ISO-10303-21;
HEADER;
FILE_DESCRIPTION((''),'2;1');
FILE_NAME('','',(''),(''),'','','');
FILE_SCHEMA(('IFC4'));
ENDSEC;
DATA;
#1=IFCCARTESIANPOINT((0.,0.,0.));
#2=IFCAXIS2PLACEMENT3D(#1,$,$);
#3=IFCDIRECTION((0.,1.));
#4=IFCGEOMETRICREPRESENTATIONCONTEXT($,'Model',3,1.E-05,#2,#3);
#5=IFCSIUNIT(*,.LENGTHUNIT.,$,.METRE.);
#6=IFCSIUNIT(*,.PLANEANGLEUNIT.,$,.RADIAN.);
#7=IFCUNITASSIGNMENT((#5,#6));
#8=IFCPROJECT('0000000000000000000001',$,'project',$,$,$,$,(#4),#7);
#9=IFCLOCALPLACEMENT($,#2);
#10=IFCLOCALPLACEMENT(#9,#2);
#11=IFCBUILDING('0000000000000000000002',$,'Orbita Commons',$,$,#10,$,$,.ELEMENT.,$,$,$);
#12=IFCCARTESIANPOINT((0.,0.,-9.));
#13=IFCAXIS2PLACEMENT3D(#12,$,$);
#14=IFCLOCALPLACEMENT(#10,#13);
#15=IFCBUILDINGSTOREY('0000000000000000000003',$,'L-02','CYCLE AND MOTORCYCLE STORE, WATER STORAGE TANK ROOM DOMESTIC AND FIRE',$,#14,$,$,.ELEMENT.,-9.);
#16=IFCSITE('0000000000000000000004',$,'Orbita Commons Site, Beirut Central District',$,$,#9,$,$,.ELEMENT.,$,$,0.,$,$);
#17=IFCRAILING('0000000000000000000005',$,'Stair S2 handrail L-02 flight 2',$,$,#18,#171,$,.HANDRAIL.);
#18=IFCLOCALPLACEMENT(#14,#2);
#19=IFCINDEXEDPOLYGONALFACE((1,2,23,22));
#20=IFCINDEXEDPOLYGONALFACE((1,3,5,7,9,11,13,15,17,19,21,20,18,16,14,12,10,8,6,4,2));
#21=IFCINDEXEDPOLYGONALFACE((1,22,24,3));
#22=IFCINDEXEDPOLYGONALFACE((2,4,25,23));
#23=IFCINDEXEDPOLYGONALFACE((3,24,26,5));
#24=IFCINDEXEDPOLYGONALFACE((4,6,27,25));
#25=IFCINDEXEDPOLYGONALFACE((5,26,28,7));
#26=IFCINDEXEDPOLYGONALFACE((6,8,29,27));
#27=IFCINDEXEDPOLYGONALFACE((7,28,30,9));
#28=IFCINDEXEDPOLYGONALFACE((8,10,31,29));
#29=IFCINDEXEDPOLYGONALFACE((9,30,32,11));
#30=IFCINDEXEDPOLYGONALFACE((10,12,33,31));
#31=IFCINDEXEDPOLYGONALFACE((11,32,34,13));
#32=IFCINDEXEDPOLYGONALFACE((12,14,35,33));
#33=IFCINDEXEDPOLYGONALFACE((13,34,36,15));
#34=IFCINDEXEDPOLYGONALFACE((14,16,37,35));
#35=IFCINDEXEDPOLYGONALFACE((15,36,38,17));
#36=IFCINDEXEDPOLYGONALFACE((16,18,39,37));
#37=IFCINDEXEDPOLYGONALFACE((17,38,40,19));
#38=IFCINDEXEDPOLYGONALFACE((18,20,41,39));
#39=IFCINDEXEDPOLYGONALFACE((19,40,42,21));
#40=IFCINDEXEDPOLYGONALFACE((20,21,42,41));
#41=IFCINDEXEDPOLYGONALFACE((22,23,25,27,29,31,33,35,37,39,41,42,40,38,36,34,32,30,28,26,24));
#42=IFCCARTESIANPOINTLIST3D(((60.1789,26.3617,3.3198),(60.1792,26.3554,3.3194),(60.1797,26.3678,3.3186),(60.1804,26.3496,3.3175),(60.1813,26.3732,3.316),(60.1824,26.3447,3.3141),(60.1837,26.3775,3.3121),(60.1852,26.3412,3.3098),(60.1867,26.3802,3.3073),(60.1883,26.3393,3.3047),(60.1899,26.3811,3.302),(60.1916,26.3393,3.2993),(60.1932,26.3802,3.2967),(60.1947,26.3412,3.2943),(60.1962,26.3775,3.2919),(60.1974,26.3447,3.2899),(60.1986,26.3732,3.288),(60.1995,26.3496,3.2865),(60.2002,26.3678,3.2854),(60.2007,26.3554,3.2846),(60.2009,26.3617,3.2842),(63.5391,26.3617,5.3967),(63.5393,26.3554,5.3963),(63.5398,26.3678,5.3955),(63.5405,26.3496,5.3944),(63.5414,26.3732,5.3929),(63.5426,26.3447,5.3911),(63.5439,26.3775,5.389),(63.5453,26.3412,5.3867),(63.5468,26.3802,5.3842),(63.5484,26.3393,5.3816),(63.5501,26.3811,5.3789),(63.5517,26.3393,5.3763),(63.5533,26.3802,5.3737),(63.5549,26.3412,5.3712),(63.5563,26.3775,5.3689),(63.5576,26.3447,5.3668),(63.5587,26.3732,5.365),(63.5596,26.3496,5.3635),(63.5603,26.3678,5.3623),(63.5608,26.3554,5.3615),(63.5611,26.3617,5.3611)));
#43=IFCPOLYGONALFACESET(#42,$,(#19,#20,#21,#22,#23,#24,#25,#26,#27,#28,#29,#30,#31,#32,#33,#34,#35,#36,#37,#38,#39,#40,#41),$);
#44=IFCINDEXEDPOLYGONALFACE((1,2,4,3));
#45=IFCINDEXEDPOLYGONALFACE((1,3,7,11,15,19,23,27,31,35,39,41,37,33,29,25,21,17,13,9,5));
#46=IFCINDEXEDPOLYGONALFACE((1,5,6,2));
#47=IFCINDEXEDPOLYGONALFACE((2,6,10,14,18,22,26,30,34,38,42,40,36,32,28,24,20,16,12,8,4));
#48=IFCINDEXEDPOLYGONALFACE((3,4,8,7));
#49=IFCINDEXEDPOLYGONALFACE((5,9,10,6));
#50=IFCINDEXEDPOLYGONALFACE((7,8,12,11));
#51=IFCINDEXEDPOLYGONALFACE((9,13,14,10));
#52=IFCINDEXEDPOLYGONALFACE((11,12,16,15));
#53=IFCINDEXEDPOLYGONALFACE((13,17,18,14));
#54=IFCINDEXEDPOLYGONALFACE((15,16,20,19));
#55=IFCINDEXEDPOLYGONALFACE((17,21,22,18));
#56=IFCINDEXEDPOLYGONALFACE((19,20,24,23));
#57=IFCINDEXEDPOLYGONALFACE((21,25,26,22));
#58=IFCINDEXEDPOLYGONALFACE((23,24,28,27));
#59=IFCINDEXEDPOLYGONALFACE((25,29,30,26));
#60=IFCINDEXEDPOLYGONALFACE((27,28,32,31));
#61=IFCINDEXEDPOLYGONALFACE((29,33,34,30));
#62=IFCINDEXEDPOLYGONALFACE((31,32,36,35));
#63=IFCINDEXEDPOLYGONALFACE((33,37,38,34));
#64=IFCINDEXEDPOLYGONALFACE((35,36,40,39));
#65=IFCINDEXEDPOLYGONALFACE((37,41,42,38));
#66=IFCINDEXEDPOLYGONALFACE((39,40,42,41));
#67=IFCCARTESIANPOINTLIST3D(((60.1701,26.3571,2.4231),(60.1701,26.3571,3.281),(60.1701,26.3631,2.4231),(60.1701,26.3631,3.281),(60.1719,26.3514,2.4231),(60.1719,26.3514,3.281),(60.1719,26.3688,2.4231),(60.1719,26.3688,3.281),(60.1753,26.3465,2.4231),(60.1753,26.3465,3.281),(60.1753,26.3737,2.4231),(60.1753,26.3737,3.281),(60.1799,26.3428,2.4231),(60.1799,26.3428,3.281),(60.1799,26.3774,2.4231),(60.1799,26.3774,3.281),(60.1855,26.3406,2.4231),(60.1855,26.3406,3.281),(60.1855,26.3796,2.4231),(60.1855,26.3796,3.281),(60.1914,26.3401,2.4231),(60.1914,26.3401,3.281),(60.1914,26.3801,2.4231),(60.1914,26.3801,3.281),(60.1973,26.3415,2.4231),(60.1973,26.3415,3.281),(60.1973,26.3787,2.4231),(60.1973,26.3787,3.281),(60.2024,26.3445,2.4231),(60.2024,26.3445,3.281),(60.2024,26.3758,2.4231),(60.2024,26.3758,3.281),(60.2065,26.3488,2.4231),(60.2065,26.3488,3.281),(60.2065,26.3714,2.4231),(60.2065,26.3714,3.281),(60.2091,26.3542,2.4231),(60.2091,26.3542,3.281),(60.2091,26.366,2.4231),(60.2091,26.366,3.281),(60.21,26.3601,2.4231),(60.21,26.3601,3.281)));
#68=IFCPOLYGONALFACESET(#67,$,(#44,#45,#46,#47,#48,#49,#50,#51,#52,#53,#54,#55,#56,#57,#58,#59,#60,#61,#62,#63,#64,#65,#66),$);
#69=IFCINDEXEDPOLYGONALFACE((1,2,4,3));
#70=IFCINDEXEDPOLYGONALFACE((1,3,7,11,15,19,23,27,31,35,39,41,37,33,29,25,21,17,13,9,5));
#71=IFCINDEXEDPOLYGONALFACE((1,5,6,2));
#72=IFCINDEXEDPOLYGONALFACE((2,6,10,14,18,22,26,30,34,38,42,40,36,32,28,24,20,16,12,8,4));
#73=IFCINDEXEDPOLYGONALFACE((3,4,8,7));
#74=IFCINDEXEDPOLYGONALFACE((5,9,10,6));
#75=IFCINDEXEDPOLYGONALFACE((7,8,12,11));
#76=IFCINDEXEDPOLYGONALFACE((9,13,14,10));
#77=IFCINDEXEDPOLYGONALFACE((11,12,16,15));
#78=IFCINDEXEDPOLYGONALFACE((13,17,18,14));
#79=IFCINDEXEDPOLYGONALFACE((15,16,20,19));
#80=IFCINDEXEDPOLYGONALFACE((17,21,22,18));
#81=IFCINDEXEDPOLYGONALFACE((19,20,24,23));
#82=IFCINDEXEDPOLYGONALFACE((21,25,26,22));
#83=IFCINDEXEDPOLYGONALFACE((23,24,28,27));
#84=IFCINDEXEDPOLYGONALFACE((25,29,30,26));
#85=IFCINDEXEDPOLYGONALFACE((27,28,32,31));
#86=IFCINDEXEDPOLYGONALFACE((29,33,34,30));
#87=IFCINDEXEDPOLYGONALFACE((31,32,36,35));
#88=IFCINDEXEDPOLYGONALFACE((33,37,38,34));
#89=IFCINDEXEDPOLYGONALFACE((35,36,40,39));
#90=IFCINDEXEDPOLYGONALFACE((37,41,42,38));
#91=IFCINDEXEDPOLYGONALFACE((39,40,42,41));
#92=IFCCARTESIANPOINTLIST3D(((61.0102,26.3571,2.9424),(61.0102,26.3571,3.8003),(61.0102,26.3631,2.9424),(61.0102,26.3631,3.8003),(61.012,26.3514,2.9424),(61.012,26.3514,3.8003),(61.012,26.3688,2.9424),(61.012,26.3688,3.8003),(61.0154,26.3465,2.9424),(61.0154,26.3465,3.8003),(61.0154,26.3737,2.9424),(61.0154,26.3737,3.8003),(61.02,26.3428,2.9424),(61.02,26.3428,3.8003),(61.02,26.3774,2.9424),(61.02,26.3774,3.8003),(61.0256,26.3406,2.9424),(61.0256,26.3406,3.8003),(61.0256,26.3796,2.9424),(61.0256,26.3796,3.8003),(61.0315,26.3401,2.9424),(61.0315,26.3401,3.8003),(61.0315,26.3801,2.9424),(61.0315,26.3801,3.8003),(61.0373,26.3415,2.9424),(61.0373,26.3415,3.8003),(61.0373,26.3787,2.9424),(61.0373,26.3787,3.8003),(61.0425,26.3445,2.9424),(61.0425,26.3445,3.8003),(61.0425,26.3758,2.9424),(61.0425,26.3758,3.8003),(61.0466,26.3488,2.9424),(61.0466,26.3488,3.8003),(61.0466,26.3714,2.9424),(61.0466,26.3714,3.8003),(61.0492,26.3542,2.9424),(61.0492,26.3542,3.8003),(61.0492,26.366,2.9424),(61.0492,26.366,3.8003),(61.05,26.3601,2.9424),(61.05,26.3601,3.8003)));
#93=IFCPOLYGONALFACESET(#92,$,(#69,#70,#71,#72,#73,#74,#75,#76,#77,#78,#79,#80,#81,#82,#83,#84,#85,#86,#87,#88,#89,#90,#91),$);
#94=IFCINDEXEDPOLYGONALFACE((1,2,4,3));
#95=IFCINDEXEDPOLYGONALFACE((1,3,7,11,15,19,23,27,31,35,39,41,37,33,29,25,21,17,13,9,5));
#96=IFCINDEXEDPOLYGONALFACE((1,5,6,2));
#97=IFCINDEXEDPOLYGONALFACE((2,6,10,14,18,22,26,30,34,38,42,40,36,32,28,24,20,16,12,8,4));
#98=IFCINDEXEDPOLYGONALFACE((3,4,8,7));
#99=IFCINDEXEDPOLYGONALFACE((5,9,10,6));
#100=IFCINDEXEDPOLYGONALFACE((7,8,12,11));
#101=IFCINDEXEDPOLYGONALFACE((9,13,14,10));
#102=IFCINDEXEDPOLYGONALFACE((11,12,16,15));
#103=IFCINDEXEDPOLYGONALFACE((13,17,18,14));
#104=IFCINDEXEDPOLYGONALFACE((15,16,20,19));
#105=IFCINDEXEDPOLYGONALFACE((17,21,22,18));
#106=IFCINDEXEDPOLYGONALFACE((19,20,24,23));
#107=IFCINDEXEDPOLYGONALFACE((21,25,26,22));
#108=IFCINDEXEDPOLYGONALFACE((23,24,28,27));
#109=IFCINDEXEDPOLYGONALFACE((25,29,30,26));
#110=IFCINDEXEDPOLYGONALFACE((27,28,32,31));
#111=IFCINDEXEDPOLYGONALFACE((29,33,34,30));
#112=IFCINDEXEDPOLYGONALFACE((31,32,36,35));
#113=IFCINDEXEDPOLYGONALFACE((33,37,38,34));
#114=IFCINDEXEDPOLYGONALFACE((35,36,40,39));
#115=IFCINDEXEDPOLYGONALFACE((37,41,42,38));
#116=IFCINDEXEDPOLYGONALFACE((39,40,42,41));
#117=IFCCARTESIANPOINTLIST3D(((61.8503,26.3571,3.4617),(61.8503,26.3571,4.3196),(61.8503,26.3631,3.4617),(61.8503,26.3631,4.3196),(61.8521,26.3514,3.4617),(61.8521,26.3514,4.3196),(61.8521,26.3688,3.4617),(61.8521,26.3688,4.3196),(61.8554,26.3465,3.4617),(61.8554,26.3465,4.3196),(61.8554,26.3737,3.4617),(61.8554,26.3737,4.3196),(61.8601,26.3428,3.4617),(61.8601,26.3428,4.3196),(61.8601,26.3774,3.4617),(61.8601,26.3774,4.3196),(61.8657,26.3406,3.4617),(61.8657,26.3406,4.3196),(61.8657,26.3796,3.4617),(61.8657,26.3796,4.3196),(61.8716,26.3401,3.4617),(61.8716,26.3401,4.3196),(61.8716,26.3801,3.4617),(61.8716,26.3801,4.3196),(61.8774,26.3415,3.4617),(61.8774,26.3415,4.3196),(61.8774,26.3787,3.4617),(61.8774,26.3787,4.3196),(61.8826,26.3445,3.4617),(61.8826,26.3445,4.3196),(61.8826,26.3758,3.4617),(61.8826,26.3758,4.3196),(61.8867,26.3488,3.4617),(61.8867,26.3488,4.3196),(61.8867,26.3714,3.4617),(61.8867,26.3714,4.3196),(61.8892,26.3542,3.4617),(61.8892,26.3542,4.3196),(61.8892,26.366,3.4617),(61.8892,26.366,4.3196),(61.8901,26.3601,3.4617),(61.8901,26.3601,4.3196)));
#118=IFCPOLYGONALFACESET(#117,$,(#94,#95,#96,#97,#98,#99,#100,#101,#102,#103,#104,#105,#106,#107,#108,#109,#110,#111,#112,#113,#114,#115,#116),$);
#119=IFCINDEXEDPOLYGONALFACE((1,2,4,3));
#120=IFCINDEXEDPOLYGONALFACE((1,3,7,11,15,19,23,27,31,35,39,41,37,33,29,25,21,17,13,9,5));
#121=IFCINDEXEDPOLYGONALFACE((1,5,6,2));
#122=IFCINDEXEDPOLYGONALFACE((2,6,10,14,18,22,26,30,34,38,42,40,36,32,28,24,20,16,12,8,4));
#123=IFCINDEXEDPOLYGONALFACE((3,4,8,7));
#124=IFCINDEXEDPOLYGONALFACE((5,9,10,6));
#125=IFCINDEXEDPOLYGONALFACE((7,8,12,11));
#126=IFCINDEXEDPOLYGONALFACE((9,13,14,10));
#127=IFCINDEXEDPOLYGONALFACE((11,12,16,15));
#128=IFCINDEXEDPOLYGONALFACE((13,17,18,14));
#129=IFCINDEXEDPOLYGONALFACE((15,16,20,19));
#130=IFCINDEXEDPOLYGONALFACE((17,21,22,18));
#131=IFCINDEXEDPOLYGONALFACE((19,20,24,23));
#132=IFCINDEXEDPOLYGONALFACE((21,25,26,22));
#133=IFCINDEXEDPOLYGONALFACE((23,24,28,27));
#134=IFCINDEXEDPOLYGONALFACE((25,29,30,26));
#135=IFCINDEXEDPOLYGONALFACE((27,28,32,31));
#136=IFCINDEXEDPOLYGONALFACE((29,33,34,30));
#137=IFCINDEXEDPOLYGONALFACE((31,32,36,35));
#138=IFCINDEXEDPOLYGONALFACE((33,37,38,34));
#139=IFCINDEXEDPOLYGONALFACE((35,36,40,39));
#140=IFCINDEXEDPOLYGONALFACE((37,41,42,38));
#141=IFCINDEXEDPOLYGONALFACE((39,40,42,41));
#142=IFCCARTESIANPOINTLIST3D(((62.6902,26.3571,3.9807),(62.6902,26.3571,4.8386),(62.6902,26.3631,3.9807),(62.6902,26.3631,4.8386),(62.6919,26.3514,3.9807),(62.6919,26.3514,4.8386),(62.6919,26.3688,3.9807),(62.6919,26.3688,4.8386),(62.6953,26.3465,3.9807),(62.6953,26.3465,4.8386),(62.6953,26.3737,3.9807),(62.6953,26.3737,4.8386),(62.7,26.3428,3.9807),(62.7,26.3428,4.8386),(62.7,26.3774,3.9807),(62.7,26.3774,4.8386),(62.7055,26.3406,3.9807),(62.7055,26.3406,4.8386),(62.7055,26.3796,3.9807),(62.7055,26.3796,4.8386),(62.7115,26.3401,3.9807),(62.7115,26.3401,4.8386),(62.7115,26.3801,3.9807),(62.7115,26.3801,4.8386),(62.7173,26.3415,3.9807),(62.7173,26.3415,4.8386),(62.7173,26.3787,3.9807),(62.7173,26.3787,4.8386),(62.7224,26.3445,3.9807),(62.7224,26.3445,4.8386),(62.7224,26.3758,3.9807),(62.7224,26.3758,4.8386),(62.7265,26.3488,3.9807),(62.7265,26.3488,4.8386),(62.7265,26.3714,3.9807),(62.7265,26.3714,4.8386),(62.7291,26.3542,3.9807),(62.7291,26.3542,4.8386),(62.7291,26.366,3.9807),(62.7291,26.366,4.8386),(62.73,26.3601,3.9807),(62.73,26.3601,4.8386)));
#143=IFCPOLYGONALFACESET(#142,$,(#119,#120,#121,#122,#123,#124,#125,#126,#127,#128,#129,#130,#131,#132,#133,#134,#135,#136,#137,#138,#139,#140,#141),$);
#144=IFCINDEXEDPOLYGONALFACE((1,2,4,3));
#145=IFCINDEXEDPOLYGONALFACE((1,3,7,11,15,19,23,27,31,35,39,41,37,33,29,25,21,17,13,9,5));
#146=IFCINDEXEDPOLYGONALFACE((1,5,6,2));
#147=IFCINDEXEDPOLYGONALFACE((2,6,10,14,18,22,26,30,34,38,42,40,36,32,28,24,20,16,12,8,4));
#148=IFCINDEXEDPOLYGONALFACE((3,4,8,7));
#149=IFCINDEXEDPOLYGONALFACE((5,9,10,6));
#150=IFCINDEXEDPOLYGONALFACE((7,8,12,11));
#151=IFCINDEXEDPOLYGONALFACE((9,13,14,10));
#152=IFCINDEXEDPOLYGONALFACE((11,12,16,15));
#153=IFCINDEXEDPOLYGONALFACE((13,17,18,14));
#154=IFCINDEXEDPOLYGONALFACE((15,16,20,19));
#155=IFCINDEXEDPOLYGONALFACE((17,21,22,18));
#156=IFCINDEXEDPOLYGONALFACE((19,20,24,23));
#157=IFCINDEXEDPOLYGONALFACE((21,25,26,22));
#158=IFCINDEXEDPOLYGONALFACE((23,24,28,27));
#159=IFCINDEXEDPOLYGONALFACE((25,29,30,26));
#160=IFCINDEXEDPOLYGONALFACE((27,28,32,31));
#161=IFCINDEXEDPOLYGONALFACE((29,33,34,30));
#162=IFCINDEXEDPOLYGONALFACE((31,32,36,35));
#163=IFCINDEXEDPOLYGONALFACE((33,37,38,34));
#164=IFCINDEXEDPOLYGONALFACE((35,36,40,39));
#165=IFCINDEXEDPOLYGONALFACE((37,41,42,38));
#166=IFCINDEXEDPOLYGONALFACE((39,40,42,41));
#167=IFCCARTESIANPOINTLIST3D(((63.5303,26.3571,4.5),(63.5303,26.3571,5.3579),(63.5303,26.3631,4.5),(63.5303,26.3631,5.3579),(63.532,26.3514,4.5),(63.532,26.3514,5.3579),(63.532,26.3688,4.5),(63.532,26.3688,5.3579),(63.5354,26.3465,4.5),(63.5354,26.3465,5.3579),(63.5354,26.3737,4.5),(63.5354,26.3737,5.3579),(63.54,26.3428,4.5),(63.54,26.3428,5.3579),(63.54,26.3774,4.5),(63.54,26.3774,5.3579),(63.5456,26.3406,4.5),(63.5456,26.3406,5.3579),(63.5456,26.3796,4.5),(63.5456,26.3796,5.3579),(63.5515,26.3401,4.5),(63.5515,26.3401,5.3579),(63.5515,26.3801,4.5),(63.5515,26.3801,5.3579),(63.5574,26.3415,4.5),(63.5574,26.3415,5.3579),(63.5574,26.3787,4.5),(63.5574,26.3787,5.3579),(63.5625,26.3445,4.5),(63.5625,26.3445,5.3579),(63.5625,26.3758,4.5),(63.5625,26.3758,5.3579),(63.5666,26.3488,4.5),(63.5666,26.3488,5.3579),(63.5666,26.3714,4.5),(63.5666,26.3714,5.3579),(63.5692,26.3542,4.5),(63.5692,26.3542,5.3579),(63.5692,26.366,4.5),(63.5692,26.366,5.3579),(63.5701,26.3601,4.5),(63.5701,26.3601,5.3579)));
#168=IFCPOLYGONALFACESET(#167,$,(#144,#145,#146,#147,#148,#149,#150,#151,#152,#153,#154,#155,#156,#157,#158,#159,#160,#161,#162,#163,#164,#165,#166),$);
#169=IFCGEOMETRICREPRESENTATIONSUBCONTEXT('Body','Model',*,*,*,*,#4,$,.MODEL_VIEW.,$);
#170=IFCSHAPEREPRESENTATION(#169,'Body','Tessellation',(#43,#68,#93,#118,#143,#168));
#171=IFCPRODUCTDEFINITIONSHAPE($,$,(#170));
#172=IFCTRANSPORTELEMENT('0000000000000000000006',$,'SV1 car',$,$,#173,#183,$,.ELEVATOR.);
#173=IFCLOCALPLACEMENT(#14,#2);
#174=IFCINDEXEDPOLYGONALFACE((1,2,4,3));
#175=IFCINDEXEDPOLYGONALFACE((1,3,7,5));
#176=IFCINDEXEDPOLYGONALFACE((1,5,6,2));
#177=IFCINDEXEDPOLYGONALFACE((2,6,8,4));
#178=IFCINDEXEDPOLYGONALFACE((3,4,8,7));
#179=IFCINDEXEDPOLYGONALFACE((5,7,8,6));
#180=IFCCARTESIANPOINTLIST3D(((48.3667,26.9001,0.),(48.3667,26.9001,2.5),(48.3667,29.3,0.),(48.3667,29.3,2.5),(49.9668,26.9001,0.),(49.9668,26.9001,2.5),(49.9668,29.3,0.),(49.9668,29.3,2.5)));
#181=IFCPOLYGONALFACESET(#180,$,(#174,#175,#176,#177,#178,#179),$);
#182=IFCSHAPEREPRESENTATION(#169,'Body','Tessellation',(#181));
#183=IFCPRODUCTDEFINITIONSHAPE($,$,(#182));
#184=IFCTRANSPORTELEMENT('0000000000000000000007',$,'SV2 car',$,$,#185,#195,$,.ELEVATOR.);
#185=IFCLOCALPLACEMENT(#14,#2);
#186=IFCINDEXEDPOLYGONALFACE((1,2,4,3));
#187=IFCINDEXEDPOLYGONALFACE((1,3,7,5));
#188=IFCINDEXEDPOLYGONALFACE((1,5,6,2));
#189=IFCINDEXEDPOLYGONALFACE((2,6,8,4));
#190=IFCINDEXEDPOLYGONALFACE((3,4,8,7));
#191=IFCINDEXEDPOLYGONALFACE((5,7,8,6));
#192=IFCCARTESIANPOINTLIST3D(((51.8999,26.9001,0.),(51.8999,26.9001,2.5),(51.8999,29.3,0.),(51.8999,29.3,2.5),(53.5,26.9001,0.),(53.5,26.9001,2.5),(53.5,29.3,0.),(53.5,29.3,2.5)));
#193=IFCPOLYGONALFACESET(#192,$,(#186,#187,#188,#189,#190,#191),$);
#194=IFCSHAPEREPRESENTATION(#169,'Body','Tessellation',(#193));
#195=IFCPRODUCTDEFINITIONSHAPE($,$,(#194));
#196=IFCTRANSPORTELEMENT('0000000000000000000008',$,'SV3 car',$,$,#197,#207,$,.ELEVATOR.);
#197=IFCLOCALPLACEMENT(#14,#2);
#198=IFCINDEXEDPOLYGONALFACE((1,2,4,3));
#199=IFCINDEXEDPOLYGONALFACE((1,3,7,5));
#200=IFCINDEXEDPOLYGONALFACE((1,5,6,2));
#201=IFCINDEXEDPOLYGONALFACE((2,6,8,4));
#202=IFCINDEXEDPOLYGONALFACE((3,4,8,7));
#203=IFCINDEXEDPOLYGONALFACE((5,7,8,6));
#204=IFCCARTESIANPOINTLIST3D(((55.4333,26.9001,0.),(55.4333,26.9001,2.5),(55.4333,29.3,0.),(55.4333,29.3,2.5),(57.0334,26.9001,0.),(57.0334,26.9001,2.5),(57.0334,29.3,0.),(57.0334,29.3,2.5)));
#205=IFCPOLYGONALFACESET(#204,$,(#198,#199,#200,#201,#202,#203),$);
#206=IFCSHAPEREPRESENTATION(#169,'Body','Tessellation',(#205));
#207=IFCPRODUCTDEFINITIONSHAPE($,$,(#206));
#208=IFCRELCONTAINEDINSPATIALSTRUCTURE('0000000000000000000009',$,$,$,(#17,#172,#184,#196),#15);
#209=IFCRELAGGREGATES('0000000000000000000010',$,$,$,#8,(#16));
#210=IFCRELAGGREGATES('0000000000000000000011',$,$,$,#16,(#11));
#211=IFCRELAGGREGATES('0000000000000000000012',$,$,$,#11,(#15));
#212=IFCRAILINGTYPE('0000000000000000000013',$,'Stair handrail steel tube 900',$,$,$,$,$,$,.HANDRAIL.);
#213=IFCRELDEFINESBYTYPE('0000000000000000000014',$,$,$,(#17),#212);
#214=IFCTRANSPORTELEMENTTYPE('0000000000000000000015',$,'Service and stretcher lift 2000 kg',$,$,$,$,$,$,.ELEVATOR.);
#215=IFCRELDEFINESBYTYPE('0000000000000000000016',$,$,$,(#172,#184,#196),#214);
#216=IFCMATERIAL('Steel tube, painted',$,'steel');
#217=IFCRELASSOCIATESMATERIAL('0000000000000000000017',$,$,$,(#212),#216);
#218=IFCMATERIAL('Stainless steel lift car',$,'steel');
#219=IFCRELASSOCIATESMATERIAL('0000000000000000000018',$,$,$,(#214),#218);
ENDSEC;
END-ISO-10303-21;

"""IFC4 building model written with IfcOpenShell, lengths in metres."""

from ifc_helpers import new_model, si_unit, direction, frame, origin, origin_2d, place, context, subcontext, project, spatial, rectangle, circle, extrude, material, type_object, element, save


model = new_model("IFC4")

# Units and contexts
model_context = context("Model", 3, precision=1e-05, world=origin(), true_north=direction((0.0, 1.0)))
body_context = subcontext(model_context, "Body", "Model", "MODEL_VIEW")
ifc_project = project(units=[si_unit("LENGTHUNIT", "METRE"), si_unit("PLANEANGLEUNIT", "RADIAN")], contexts=[model_context])

# Site, building, storey
site_placement = place(None, origin())
site = spatial("IfcSite", under=ifc_project, at=site_placement, Name="Orbita Commons Site, Beirut Central District", CompositionType="ELEMENT", RefElevation=0.0)
building_placement = place(site_placement, origin())
building = spatial("IfcBuilding", under=site, at=building_placement, Name="Orbita Commons", CompositionType="ELEMENT")
storey_placement = place(building_placement, frame((0.0, 0.0, -9.0)))
storey = spatial("IfcBuildingStorey", under=building, at=storey_placement, Name="L-02", Description="CYCLE AND MOTORCYCLE STORE, WATER STORAGE TANK ROOM DOMESTIC AND FIRE", CompositionType="ELEMENT", Elevation=-9.0)

# Railing
ifc_material_1 = material(Name="Steel tube, painted", Category="steel")
railing_type = type_object("IfcRailingType", Name="Stair handrail steel tube 900", PredefinedType="HANDRAIL", material=ifc_material_1)
for number, where, name in (
    (1, (60.1899, 26.3601, 2.4231), "Stair S2 handrail L-02 flight 2"),
):
    element("IfcRailing", number, at=place(storey_placement, frame(where)), inside=storey, type_object=railing_type, Name=name, PredefinedType="HANDRAIL", context=body_context, shape_type="SweptSolid", body=[
        extrude(circle(Radius=0.021, at=origin_2d()), frame((0.0, 0.0, 0.8789), z_axis=(0.850623, 0.0, 0.525776), x_axis=(0.0, 1.0, 0.0)), (0.0, 0.0, 1.0), 3.9502),
        extrude(circle(Radius=0.02, at=origin_2d()), origin(), (0.0, 0.0, 1.0), 0.8579),
        extrude(circle(Radius=0.02, at=origin_2d()), frame((0.8401, 0.0, 0.5193)), (0.0, 0.0, 1.0), 0.8579),
        extrude(circle(Radius=0.02, at=origin_2d()), frame((1.6802, 0.0, 1.0386)), (0.0, 0.0, 1.0), 0.8579),
        extrude(circle(Radius=0.02, at=origin_2d()), frame((2.52, 0.0, 1.5576)), (0.0, 0.0, 1.0), 0.8579),
        extrude(circle(Radius=0.02, at=origin_2d()), frame((3.3601, 0.0, 2.0769)), (0.0, 0.0, 1.0), 0.8579),
    ])

# Transport elements
ifc_material_2 = material(Name="Stainless steel lift car", Category="steel")
transport_element_type = type_object("IfcTransportElementType", Name="Service and stretcher lift 2000 kg", PredefinedType="ELEVATOR", material=ifc_material_2)
transport_element_1_placement = place(storey_placement, frame((49.1667, 28.1001, 0.0), z_axis=(0.0, 0.0, 1.0), x_axis=(1.0, 0.0, 0.0)))
element("IfcTransportElement", 2, at=transport_element_1_placement, inside=storey, type_object=transport_element_type, Name="SV1 car", PredefinedType="ELEVATOR", context=body_context, shape_type="SweptSolid", body=[
    extrude(rectangle(XDim=1.6001, YDim=2.3999, at=origin_2d()), origin(), (0.0, 0.0, 1.0), 2.5),
])
transport_element_2_placement = place(storey_placement, frame((52.7, 28.1001, 0.0), z_axis=(0.0, 0.0, 1.0), x_axis=(1.0, 0.0, 0.0)))
element("IfcTransportElement", 3, at=transport_element_2_placement, inside=storey, type_object=transport_element_type, Name="SV2 car", PredefinedType="ELEVATOR", context=body_context, shape_type="SweptSolid", body=[
    extrude(rectangle(XDim=1.6001, YDim=2.3999, at=origin_2d()), origin(), (0.0, 0.0, 1.0), 2.5),
])
transport_element_3_placement = place(storey_placement, frame((56.2334, 28.1001, 0.0), z_axis=(0.0, 0.0, 1.0), x_axis=(1.0, 0.0, 0.0)))
element("IfcTransportElement", 4, at=transport_element_3_placement, inside=storey, type_object=transport_element_type, Name="SV3 car", PredefinedType="ELEVATOR", context=body_context, shape_type="SweptSolid", body=[
    extrude(rectangle(XDim=1.6001, YDim=2.3999, at=origin_2d()), origin(), (0.0, 0.0, 1.0), 2.5),
])

save(model, "model.ifc")
